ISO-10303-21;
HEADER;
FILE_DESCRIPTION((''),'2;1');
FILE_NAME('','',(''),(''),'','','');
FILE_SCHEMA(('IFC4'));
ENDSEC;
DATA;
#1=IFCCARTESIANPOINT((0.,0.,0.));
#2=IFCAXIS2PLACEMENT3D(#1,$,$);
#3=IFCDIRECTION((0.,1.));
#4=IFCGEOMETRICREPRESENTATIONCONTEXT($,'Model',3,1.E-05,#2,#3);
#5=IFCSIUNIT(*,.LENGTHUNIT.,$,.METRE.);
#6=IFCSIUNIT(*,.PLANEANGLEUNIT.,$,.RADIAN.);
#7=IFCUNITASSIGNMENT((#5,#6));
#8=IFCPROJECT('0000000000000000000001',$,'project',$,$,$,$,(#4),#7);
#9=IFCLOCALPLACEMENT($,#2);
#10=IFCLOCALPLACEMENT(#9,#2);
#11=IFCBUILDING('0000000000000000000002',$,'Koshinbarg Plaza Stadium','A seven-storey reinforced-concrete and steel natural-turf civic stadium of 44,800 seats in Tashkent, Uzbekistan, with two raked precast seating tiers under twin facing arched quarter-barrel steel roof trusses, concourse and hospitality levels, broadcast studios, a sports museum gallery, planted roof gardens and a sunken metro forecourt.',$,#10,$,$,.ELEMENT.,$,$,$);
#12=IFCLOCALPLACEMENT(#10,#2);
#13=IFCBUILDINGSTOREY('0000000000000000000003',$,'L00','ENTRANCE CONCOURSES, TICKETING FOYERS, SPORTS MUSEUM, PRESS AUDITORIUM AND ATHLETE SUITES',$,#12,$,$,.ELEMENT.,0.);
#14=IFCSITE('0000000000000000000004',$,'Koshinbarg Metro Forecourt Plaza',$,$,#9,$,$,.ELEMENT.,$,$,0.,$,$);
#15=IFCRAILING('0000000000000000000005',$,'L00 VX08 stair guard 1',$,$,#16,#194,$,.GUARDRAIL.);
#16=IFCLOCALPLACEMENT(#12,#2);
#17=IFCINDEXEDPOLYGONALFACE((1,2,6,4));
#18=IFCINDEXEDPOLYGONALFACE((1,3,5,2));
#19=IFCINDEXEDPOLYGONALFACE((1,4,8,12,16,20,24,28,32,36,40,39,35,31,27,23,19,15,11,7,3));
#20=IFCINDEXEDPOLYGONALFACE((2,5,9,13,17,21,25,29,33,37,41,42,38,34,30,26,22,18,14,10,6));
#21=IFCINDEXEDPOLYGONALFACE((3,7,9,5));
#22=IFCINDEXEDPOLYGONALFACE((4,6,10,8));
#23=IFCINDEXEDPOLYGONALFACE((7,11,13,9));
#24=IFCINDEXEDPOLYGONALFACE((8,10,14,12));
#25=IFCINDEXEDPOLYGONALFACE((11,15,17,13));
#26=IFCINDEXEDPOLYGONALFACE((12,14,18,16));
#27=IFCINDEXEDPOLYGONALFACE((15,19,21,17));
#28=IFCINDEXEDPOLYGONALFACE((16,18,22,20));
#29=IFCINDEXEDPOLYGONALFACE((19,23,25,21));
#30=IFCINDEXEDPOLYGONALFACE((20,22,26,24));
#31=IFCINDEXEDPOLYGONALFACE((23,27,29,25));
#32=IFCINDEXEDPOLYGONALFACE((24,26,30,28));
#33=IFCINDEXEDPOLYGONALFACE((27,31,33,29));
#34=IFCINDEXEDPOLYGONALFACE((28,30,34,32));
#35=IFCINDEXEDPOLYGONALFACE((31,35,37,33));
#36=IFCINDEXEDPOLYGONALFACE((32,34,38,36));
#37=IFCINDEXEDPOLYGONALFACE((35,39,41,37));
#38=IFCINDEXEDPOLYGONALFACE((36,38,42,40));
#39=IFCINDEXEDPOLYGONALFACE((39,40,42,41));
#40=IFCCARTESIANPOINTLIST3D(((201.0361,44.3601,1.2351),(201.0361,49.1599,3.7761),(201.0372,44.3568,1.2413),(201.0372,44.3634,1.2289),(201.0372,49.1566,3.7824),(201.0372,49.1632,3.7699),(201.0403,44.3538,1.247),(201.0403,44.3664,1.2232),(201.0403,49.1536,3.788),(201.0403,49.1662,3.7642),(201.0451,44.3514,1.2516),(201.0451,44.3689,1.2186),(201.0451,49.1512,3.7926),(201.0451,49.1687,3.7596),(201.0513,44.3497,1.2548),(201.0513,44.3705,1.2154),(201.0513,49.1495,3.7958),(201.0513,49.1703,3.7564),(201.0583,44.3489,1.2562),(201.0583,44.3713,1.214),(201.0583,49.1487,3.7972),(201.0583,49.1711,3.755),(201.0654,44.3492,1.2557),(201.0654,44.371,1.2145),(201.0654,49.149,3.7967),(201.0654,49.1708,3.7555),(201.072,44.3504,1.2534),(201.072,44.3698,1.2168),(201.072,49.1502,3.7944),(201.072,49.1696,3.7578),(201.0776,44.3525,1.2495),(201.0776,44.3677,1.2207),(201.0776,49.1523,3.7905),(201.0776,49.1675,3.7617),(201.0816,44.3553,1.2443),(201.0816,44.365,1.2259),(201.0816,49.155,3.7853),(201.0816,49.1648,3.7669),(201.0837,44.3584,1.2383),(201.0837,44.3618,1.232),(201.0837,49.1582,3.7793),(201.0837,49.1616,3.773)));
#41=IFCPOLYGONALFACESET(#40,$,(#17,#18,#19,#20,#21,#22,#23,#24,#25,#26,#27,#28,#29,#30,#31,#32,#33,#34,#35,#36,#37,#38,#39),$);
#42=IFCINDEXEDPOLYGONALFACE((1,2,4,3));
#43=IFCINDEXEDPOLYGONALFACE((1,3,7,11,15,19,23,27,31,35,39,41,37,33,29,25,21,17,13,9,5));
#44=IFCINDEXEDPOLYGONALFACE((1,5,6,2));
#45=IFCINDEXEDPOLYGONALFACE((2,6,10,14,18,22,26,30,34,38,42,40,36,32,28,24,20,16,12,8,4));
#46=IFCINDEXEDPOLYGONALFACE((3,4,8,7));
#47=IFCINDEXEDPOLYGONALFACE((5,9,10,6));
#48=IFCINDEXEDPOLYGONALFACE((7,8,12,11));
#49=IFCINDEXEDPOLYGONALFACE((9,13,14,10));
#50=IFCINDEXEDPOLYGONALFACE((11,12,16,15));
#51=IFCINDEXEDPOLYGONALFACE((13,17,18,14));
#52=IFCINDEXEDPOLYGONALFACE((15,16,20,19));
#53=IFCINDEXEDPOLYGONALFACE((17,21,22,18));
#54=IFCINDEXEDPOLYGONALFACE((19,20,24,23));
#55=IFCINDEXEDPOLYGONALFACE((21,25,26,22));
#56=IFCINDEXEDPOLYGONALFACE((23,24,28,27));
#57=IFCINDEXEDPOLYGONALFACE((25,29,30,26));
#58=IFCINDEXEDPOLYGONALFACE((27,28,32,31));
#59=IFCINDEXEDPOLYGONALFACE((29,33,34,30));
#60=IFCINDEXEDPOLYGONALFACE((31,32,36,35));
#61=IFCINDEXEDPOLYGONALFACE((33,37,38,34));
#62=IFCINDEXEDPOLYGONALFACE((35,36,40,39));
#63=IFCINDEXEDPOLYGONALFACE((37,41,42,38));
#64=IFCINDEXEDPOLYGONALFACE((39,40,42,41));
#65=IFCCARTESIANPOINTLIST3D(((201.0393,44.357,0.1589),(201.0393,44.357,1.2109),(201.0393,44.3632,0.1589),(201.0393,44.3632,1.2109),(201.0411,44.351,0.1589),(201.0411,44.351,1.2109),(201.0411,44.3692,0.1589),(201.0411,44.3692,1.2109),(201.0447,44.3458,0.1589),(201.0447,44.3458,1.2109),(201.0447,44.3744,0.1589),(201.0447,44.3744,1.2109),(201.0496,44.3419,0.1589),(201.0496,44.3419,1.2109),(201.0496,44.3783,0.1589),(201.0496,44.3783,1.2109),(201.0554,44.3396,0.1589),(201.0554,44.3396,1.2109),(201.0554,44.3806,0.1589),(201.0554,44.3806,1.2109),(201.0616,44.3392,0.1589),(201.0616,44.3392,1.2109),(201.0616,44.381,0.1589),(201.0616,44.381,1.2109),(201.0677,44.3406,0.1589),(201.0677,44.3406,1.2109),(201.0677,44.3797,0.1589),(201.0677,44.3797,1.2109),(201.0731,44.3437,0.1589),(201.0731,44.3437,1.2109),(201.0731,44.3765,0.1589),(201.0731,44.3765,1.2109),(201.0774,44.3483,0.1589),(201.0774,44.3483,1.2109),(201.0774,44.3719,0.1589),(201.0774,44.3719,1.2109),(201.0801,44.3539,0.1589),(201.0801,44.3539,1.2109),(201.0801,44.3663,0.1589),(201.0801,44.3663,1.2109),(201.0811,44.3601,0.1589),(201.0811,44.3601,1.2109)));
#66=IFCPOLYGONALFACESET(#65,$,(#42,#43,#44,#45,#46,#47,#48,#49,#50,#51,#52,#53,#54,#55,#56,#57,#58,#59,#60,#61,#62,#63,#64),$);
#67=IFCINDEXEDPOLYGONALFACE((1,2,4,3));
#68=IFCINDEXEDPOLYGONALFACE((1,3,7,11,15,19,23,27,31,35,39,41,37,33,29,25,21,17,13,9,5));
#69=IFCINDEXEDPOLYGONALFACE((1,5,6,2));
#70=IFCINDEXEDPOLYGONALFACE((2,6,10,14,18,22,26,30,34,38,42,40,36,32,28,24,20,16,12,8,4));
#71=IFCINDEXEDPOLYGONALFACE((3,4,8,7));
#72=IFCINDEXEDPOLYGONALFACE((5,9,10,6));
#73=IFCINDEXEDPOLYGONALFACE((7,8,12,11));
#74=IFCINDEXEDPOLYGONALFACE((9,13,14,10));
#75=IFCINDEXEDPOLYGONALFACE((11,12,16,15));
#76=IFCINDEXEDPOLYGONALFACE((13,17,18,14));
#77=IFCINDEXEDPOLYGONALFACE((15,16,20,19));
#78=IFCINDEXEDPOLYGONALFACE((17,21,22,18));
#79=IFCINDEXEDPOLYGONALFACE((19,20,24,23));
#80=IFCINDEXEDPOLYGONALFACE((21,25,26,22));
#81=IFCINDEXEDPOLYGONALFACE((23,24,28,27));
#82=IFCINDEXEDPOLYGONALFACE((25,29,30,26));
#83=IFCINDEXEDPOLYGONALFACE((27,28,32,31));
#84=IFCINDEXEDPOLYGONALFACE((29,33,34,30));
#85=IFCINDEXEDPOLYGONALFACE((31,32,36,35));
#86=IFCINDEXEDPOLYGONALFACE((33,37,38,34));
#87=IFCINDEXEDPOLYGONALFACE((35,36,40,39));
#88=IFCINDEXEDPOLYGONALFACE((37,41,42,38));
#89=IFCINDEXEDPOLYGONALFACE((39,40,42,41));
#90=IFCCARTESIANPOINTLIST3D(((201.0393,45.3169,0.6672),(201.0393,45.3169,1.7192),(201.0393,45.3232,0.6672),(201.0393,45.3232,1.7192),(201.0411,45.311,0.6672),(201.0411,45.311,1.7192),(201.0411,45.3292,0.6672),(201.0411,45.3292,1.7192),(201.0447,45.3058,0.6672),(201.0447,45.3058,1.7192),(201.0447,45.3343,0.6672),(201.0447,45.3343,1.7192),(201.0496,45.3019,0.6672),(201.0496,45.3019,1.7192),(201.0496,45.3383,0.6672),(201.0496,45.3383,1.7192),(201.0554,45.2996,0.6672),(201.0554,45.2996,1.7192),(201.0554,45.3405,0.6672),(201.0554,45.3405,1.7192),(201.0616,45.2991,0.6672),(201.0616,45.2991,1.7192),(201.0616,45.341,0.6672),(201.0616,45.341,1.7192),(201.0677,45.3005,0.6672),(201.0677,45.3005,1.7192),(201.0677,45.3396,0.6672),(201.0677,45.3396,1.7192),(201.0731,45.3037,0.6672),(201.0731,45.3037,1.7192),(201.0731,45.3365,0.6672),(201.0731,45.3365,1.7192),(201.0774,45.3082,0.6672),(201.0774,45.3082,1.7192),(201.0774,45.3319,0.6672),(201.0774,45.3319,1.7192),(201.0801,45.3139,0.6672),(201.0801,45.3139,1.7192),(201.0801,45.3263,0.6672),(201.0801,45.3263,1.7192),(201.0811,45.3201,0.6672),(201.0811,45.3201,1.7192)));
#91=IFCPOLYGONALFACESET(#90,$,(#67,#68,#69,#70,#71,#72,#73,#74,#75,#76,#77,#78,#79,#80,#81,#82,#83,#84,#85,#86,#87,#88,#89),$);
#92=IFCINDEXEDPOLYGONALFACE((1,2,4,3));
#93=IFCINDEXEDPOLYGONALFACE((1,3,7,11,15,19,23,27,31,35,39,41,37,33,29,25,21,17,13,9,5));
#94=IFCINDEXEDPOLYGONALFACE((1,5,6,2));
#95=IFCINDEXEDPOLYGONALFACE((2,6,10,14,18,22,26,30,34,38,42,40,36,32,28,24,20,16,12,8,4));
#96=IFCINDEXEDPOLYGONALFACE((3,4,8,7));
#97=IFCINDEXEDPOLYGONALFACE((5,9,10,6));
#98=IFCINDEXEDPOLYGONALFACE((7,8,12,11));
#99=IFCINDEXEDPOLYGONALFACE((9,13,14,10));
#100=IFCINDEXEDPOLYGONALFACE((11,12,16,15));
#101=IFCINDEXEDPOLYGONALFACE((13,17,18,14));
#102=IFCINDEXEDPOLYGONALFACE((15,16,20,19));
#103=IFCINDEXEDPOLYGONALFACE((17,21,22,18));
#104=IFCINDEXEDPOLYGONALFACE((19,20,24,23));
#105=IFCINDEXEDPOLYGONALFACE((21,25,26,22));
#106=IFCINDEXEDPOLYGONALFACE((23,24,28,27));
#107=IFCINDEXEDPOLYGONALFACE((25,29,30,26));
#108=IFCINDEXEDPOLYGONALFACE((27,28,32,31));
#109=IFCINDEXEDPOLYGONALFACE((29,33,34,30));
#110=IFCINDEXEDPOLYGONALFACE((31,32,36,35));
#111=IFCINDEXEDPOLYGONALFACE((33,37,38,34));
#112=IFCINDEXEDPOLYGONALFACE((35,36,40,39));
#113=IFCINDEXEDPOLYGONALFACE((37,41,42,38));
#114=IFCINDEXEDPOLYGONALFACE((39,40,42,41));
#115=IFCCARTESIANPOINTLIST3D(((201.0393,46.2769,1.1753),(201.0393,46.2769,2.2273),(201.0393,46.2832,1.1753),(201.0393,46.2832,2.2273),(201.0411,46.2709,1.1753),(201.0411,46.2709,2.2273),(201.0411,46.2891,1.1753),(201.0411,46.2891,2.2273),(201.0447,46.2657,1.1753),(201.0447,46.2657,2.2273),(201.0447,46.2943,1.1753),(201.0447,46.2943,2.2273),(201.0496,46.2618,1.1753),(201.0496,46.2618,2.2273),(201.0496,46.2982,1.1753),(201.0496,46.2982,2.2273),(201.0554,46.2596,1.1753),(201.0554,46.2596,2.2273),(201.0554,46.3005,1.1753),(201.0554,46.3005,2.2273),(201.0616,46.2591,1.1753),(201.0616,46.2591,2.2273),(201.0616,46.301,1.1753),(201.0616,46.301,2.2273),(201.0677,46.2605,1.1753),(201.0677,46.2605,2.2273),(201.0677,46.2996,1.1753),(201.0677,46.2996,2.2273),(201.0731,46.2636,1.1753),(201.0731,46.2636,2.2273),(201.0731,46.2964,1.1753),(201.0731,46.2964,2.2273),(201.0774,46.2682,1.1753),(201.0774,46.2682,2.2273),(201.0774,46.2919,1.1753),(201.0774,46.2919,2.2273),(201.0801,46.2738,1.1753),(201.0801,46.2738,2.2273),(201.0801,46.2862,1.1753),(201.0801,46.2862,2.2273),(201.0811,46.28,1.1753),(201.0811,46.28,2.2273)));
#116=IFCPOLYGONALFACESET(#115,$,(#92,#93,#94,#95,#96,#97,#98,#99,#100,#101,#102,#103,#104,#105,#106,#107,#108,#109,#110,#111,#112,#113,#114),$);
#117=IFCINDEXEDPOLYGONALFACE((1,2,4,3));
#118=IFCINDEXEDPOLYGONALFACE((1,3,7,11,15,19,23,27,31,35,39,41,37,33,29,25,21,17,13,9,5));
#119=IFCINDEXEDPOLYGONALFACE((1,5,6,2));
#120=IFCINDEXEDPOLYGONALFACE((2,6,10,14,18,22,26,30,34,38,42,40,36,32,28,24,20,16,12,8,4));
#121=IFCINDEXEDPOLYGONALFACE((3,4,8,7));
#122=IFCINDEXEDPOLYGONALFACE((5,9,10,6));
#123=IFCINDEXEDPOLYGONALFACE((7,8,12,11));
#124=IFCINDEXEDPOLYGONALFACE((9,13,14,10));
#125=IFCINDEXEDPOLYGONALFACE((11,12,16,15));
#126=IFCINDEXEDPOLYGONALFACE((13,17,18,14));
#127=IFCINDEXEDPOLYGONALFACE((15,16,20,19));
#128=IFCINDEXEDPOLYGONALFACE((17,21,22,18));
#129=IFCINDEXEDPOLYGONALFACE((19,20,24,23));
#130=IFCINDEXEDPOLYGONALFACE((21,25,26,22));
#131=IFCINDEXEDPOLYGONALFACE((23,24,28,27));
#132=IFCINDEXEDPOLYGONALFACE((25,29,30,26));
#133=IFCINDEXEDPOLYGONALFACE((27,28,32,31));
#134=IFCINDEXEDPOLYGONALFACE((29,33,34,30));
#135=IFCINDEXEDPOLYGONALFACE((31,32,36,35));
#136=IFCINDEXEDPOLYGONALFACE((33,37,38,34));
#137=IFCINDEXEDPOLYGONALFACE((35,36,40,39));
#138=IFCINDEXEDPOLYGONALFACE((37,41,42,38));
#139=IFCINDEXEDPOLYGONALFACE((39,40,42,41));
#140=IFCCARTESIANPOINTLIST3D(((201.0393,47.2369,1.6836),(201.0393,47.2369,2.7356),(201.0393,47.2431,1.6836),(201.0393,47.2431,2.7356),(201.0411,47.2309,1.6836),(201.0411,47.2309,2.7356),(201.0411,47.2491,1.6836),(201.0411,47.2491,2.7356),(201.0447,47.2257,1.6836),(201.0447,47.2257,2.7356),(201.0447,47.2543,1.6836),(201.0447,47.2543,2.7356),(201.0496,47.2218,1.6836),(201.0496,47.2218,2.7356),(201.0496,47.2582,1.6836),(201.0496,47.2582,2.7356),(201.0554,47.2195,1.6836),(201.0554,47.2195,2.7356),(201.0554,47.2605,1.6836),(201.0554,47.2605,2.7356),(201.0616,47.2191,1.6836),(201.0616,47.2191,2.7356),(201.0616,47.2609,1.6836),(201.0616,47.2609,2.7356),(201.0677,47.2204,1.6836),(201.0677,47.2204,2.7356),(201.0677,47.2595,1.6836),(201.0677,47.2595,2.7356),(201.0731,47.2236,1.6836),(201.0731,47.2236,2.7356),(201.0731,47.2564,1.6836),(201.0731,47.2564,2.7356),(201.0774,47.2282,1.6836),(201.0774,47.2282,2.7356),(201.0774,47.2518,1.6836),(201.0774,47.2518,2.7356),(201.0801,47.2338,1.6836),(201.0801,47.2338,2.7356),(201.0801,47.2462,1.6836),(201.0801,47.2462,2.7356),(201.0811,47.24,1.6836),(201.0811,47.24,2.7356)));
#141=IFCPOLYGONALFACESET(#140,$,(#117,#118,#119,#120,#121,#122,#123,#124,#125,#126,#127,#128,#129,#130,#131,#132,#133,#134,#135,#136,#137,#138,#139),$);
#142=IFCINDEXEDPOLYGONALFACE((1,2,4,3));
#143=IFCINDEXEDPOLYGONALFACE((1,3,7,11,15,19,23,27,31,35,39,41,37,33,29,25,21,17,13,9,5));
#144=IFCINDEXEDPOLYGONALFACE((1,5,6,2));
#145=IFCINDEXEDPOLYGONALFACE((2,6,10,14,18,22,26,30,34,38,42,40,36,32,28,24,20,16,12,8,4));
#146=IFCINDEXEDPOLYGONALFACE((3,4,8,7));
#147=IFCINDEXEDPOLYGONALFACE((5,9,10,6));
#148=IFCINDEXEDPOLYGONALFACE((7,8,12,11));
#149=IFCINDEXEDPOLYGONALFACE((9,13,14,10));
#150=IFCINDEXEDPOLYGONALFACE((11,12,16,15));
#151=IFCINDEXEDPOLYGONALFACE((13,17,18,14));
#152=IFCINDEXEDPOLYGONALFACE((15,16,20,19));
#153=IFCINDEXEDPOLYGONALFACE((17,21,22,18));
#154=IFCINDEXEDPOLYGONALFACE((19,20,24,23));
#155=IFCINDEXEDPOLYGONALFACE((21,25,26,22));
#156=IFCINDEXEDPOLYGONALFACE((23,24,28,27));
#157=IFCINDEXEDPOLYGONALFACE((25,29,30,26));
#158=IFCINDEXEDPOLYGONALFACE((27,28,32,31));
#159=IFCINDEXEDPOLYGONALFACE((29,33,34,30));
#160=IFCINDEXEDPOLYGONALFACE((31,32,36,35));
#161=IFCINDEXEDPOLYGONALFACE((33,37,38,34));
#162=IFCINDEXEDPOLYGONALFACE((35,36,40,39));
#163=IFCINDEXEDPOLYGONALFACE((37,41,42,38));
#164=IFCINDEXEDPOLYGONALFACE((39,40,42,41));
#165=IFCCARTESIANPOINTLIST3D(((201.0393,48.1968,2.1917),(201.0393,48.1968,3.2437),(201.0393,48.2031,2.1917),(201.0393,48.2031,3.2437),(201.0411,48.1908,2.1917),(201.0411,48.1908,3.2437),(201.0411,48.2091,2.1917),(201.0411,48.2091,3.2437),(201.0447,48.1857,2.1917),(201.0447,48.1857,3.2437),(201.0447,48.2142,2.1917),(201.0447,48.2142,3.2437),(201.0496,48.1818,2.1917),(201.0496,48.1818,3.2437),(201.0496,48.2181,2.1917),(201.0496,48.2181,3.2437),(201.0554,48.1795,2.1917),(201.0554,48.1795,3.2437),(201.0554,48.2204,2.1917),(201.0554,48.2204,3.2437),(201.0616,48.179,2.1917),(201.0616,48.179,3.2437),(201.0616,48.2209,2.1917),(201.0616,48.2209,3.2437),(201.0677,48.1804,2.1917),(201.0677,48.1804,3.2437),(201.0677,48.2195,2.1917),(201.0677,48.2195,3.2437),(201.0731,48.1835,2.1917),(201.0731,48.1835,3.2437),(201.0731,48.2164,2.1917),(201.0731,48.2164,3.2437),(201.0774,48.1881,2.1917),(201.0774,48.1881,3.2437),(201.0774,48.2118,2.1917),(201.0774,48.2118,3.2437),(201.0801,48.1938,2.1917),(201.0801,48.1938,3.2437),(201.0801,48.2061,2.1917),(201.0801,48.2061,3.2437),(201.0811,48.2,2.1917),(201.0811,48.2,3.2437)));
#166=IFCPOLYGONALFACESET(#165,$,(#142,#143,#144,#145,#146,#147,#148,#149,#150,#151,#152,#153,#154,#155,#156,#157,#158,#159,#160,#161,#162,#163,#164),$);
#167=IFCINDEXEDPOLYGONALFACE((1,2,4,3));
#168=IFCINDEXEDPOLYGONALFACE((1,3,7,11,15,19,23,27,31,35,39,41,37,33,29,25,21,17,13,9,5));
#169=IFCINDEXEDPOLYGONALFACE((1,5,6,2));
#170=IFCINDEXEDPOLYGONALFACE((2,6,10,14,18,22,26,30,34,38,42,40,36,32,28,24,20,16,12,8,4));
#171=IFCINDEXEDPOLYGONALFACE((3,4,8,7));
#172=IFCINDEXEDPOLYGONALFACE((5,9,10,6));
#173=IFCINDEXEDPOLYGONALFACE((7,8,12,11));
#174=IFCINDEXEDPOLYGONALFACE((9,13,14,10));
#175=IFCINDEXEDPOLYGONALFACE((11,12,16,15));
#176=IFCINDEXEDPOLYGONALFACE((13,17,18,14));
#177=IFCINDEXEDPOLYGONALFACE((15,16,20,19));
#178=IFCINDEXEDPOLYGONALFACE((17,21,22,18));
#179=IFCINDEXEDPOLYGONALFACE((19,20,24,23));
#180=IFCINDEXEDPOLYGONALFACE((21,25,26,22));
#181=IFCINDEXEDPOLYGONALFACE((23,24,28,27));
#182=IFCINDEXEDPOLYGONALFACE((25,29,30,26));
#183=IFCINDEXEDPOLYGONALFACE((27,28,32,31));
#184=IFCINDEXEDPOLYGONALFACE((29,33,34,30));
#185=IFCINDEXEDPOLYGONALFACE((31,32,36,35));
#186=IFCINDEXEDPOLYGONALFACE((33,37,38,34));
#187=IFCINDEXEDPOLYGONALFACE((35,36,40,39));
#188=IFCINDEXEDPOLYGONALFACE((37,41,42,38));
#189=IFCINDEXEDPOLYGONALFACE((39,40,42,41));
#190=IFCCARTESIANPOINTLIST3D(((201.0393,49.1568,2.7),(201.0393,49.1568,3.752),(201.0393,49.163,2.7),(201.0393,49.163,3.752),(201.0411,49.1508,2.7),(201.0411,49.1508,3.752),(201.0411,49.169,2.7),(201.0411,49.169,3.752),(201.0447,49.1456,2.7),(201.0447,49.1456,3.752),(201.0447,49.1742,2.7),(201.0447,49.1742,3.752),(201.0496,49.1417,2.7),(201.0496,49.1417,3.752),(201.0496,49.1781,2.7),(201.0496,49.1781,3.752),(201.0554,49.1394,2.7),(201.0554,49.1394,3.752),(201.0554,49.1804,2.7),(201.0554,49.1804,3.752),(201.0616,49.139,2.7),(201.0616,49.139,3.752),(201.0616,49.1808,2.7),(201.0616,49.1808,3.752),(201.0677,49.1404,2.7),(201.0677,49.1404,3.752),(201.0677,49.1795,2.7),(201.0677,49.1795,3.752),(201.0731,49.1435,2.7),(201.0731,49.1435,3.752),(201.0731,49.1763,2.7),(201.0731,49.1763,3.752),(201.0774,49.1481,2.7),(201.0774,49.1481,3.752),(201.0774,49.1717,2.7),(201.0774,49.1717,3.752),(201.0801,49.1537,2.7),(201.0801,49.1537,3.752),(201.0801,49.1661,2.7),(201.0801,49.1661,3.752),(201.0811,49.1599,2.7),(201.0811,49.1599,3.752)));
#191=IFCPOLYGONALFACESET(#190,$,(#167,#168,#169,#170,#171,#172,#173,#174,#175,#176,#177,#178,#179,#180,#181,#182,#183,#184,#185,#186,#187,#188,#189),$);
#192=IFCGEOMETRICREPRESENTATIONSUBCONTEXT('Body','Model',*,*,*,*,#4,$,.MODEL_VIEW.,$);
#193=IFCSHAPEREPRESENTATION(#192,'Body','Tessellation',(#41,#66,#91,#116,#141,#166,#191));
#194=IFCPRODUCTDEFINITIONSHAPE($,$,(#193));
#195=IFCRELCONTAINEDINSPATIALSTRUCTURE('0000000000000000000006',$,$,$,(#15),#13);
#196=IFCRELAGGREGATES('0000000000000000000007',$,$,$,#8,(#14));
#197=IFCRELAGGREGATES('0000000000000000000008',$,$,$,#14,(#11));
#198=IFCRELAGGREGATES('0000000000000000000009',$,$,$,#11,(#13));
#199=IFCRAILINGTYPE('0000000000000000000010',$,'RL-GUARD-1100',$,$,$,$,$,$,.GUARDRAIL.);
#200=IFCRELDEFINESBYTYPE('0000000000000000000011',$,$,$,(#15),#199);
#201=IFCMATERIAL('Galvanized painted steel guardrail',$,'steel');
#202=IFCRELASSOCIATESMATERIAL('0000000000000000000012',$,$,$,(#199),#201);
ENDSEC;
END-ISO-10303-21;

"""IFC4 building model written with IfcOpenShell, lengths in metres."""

from ifc_helpers import new_model, si_unit, direction, frame, origin, origin_2d, place, context, subcontext, project, spatial, circle, extrude, material, type_object, element, save


model = new_model("IFC4")

# Units and contexts
model_context = context("Model", 3, precision=1e-05, world=origin(), true_north=direction((0.0, 1.0)))
body_context = subcontext(model_context, "Body", "Model", "MODEL_VIEW")
ifc_project = project(units=[si_unit("LENGTHUNIT", "METRE"), si_unit("PLANEANGLEUNIT", "RADIAN")], contexts=[model_context])

# Site, building, storey
site_placement = place(None, origin())
site = spatial("IfcSite", under=ifc_project, at=site_placement, Name="Koshinbarg Metro Forecourt Plaza", CompositionType="ELEMENT", RefElevation=0.0)
building_placement = place(site_placement, origin())
building = spatial("IfcBuilding", under=site, at=building_placement, Name="Koshinbarg Plaza Stadium", Description="A seven-storey reinforced-concrete and steel natural-turf civic stadium of 44,800 seats in Tashkent, Uzbekistan, with two raked precast seating tiers under twin facing arched quarter-barrel steel roof trusses, concourse and hospitality levels, broadcast studios, a sports museum gallery, planted roof gardens and a sunken metro forecourt.", CompositionType="ELEMENT")
storey_placement = place(building_placement, origin())
storey = spatial("IfcBuildingStorey", under=building, at=storey_placement, Name="L00", Description="ENTRANCE CONCOURSES, TICKETING FOYERS, SPORTS MUSEUM, PRESS AUDITORIUM AND ATHLETE SUITES", CompositionType="ELEMENT", Elevation=0.0)

# Railing
ifc_material_1 = material(Name="Galvanized painted steel guardrail", Category="steel")
railing_type_1 = type_object("IfcRailingType", Name="RL-GUARD-1100", PredefinedType="GUARDRAIL", material=ifc_material_1)
railing_1_placement = place(storey_placement, frame((201.0601, 44.3601, 0.1589)))
element("IfcRailing", 1, at=railing_1_placement, inside=storey, type_object=railing_type_1, Name="L00 VX08 stair guard 1", PredefinedType="GUARDRAIL", context=body_context, shape_type="SweptSolid", body=[
    extrude(circle(Radius=0.0239, at=origin_2d()), frame((0.0, 0.0, 1.0762), z_axis=(0.0, 0.883792, 0.467879), x_axis=(-1.0, 0.0, 0.0)), (0.0, 0.0, 1.0), 5.4309),
    extrude(circle(Radius=0.021, at=origin_2d()), origin(), (0.0, 0.0, 1.0), 1.052),
    extrude(circle(Radius=0.021, at=origin_2d()), frame((0.0, 0.96, 0.5083)), (0.0, 0.0, 1.0), 1.052),
    extrude(circle(Radius=0.021, at=origin_2d()), frame((0.0, 1.9199, 1.0164)), (0.0, 0.0, 1.0), 1.052),
    extrude(circle(Radius=0.021, at=origin_2d()), frame((0.0, 2.8799, 1.5247)), (0.0, 0.0, 1.0), 1.052),
    extrude(circle(Radius=0.021, at=origin_2d()), frame((0.0, 3.8398, 2.0327)), (0.0, 0.0, 1.0), 1.052),
    extrude(circle(Radius=0.021, at=origin_2d()), frame((0.0, 4.7998, 2.541)), (0.0, 0.0, 1.0), 1.052),
])

save(model, "model.ifc")
